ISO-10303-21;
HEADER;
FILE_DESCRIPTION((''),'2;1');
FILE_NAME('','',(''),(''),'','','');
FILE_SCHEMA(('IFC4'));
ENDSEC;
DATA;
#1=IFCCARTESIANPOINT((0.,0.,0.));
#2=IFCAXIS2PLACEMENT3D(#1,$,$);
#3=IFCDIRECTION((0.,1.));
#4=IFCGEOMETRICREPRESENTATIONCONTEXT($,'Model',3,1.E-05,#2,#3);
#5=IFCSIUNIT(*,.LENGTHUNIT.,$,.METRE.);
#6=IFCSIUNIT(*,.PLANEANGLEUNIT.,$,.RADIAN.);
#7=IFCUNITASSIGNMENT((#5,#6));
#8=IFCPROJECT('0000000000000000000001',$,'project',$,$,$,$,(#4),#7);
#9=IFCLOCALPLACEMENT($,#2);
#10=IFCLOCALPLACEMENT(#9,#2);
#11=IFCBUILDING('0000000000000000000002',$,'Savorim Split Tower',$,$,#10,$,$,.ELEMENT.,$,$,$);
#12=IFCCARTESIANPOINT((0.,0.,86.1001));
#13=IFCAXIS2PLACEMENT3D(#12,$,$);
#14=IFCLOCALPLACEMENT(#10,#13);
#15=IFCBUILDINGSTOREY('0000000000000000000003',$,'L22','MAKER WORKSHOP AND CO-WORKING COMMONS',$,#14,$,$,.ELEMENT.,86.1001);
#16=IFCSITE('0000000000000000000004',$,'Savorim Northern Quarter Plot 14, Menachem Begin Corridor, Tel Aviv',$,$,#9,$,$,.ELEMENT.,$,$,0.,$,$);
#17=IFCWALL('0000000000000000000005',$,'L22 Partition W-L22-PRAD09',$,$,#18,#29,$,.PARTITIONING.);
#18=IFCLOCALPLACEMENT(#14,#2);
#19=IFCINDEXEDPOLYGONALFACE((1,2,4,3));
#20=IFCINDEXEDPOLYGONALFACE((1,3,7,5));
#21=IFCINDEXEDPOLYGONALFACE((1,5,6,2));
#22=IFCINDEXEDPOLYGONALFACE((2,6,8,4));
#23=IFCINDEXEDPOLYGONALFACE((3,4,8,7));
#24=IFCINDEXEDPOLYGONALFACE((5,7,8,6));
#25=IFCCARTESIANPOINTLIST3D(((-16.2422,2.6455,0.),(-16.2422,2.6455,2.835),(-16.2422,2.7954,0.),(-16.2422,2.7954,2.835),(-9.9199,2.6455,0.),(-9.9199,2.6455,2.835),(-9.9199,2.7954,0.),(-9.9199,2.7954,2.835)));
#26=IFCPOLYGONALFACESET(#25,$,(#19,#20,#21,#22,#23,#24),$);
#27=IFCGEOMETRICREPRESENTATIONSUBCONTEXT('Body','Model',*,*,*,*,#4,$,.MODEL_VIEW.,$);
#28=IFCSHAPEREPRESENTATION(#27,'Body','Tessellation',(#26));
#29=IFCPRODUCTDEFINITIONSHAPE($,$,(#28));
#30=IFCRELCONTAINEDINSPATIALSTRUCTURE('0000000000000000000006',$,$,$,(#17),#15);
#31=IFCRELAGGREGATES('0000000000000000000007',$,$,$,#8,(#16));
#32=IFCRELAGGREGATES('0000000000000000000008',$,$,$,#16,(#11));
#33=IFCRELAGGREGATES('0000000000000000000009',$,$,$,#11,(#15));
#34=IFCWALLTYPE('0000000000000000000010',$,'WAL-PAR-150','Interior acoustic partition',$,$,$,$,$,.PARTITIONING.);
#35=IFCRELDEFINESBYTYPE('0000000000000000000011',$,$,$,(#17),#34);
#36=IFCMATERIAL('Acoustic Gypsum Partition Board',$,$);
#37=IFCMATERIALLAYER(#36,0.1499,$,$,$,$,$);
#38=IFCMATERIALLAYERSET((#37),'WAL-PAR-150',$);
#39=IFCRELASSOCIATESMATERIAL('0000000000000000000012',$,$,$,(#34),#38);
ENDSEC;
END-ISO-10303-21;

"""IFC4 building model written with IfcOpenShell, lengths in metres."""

from ifc_helpers import new_model, si_unit, direction, frame, frame_2d, origin, place, context, subcontext, project, spatial, rectangle, extrude, material, layer, layer_set, type_object, element, save


model = new_model("IFC4")

# Units and contexts
model_context = context("Model", 3, precision=1e-05, world=origin(), true_north=direction((0.0, 1.0)))
body_context = subcontext(model_context, "Body", "Model", "MODEL_VIEW")
ifc_project = project(units=[si_unit("LENGTHUNIT", "METRE"), si_unit("PLANEANGLEUNIT", "RADIAN")], contexts=[model_context])

# Site, building, storey
site_placement = place(None, origin())
site = spatial("IfcSite", under=ifc_project, at=site_placement, Name="Savorim Northern Quarter Plot 14, Menachem Begin Corridor, Tel Aviv", CompositionType="ELEMENT", RefElevation=0.0)
building_placement = place(site_placement, origin())
building = spatial("IfcBuilding", under=site, at=building_placement, Name="Savorim Split Tower", CompositionType="ELEMENT")
storey_placement = place(building_placement, frame((0.0, 0.0, 86.1001)))
storey = spatial("IfcBuildingStorey", under=building, at=storey_placement, Name="L22", Description="MAKER WORKSHOP AND CO-WORKING COMMONS", CompositionType="ELEMENT", Elevation=86.1001)

# Wall
ifc_material_1 = material(Name="Acoustic Gypsum Partition Board")
ifc_layer_1 = layer(ifc_material_1, 0.1499)
ifc_layer_set_1 = layer_set([ifc_layer_1], Name="WAL-PAR-150")
wall_type_1 = type_object("IfcWallType", Name="WAL-PAR-150", Description="Interior acoustic partition", PredefinedType="PARTITIONING", material=ifc_layer_set_1)
wall_1_placement = place(storey_placement, frame((-9.9199, 2.7205, 0.0), z_axis=(0.0, 0.0, 1.0), x_axis=(-1.0, 0.0, 0.0)))
element("IfcWall", 1, at=wall_1_placement, inside=storey, type_object=wall_type_1, Name="L22 Partition W-L22-PRAD09", PredefinedType="PARTITIONING", context=body_context, shape_type="SweptSolid", body=[
    extrude(rectangle(XDim=6.3223, YDim=0.1499, at=frame_2d((3.1611, 0.0))), origin(), (0.0, 0.0, 1.0), 2.835),
])

save(model, "model.ifc")
